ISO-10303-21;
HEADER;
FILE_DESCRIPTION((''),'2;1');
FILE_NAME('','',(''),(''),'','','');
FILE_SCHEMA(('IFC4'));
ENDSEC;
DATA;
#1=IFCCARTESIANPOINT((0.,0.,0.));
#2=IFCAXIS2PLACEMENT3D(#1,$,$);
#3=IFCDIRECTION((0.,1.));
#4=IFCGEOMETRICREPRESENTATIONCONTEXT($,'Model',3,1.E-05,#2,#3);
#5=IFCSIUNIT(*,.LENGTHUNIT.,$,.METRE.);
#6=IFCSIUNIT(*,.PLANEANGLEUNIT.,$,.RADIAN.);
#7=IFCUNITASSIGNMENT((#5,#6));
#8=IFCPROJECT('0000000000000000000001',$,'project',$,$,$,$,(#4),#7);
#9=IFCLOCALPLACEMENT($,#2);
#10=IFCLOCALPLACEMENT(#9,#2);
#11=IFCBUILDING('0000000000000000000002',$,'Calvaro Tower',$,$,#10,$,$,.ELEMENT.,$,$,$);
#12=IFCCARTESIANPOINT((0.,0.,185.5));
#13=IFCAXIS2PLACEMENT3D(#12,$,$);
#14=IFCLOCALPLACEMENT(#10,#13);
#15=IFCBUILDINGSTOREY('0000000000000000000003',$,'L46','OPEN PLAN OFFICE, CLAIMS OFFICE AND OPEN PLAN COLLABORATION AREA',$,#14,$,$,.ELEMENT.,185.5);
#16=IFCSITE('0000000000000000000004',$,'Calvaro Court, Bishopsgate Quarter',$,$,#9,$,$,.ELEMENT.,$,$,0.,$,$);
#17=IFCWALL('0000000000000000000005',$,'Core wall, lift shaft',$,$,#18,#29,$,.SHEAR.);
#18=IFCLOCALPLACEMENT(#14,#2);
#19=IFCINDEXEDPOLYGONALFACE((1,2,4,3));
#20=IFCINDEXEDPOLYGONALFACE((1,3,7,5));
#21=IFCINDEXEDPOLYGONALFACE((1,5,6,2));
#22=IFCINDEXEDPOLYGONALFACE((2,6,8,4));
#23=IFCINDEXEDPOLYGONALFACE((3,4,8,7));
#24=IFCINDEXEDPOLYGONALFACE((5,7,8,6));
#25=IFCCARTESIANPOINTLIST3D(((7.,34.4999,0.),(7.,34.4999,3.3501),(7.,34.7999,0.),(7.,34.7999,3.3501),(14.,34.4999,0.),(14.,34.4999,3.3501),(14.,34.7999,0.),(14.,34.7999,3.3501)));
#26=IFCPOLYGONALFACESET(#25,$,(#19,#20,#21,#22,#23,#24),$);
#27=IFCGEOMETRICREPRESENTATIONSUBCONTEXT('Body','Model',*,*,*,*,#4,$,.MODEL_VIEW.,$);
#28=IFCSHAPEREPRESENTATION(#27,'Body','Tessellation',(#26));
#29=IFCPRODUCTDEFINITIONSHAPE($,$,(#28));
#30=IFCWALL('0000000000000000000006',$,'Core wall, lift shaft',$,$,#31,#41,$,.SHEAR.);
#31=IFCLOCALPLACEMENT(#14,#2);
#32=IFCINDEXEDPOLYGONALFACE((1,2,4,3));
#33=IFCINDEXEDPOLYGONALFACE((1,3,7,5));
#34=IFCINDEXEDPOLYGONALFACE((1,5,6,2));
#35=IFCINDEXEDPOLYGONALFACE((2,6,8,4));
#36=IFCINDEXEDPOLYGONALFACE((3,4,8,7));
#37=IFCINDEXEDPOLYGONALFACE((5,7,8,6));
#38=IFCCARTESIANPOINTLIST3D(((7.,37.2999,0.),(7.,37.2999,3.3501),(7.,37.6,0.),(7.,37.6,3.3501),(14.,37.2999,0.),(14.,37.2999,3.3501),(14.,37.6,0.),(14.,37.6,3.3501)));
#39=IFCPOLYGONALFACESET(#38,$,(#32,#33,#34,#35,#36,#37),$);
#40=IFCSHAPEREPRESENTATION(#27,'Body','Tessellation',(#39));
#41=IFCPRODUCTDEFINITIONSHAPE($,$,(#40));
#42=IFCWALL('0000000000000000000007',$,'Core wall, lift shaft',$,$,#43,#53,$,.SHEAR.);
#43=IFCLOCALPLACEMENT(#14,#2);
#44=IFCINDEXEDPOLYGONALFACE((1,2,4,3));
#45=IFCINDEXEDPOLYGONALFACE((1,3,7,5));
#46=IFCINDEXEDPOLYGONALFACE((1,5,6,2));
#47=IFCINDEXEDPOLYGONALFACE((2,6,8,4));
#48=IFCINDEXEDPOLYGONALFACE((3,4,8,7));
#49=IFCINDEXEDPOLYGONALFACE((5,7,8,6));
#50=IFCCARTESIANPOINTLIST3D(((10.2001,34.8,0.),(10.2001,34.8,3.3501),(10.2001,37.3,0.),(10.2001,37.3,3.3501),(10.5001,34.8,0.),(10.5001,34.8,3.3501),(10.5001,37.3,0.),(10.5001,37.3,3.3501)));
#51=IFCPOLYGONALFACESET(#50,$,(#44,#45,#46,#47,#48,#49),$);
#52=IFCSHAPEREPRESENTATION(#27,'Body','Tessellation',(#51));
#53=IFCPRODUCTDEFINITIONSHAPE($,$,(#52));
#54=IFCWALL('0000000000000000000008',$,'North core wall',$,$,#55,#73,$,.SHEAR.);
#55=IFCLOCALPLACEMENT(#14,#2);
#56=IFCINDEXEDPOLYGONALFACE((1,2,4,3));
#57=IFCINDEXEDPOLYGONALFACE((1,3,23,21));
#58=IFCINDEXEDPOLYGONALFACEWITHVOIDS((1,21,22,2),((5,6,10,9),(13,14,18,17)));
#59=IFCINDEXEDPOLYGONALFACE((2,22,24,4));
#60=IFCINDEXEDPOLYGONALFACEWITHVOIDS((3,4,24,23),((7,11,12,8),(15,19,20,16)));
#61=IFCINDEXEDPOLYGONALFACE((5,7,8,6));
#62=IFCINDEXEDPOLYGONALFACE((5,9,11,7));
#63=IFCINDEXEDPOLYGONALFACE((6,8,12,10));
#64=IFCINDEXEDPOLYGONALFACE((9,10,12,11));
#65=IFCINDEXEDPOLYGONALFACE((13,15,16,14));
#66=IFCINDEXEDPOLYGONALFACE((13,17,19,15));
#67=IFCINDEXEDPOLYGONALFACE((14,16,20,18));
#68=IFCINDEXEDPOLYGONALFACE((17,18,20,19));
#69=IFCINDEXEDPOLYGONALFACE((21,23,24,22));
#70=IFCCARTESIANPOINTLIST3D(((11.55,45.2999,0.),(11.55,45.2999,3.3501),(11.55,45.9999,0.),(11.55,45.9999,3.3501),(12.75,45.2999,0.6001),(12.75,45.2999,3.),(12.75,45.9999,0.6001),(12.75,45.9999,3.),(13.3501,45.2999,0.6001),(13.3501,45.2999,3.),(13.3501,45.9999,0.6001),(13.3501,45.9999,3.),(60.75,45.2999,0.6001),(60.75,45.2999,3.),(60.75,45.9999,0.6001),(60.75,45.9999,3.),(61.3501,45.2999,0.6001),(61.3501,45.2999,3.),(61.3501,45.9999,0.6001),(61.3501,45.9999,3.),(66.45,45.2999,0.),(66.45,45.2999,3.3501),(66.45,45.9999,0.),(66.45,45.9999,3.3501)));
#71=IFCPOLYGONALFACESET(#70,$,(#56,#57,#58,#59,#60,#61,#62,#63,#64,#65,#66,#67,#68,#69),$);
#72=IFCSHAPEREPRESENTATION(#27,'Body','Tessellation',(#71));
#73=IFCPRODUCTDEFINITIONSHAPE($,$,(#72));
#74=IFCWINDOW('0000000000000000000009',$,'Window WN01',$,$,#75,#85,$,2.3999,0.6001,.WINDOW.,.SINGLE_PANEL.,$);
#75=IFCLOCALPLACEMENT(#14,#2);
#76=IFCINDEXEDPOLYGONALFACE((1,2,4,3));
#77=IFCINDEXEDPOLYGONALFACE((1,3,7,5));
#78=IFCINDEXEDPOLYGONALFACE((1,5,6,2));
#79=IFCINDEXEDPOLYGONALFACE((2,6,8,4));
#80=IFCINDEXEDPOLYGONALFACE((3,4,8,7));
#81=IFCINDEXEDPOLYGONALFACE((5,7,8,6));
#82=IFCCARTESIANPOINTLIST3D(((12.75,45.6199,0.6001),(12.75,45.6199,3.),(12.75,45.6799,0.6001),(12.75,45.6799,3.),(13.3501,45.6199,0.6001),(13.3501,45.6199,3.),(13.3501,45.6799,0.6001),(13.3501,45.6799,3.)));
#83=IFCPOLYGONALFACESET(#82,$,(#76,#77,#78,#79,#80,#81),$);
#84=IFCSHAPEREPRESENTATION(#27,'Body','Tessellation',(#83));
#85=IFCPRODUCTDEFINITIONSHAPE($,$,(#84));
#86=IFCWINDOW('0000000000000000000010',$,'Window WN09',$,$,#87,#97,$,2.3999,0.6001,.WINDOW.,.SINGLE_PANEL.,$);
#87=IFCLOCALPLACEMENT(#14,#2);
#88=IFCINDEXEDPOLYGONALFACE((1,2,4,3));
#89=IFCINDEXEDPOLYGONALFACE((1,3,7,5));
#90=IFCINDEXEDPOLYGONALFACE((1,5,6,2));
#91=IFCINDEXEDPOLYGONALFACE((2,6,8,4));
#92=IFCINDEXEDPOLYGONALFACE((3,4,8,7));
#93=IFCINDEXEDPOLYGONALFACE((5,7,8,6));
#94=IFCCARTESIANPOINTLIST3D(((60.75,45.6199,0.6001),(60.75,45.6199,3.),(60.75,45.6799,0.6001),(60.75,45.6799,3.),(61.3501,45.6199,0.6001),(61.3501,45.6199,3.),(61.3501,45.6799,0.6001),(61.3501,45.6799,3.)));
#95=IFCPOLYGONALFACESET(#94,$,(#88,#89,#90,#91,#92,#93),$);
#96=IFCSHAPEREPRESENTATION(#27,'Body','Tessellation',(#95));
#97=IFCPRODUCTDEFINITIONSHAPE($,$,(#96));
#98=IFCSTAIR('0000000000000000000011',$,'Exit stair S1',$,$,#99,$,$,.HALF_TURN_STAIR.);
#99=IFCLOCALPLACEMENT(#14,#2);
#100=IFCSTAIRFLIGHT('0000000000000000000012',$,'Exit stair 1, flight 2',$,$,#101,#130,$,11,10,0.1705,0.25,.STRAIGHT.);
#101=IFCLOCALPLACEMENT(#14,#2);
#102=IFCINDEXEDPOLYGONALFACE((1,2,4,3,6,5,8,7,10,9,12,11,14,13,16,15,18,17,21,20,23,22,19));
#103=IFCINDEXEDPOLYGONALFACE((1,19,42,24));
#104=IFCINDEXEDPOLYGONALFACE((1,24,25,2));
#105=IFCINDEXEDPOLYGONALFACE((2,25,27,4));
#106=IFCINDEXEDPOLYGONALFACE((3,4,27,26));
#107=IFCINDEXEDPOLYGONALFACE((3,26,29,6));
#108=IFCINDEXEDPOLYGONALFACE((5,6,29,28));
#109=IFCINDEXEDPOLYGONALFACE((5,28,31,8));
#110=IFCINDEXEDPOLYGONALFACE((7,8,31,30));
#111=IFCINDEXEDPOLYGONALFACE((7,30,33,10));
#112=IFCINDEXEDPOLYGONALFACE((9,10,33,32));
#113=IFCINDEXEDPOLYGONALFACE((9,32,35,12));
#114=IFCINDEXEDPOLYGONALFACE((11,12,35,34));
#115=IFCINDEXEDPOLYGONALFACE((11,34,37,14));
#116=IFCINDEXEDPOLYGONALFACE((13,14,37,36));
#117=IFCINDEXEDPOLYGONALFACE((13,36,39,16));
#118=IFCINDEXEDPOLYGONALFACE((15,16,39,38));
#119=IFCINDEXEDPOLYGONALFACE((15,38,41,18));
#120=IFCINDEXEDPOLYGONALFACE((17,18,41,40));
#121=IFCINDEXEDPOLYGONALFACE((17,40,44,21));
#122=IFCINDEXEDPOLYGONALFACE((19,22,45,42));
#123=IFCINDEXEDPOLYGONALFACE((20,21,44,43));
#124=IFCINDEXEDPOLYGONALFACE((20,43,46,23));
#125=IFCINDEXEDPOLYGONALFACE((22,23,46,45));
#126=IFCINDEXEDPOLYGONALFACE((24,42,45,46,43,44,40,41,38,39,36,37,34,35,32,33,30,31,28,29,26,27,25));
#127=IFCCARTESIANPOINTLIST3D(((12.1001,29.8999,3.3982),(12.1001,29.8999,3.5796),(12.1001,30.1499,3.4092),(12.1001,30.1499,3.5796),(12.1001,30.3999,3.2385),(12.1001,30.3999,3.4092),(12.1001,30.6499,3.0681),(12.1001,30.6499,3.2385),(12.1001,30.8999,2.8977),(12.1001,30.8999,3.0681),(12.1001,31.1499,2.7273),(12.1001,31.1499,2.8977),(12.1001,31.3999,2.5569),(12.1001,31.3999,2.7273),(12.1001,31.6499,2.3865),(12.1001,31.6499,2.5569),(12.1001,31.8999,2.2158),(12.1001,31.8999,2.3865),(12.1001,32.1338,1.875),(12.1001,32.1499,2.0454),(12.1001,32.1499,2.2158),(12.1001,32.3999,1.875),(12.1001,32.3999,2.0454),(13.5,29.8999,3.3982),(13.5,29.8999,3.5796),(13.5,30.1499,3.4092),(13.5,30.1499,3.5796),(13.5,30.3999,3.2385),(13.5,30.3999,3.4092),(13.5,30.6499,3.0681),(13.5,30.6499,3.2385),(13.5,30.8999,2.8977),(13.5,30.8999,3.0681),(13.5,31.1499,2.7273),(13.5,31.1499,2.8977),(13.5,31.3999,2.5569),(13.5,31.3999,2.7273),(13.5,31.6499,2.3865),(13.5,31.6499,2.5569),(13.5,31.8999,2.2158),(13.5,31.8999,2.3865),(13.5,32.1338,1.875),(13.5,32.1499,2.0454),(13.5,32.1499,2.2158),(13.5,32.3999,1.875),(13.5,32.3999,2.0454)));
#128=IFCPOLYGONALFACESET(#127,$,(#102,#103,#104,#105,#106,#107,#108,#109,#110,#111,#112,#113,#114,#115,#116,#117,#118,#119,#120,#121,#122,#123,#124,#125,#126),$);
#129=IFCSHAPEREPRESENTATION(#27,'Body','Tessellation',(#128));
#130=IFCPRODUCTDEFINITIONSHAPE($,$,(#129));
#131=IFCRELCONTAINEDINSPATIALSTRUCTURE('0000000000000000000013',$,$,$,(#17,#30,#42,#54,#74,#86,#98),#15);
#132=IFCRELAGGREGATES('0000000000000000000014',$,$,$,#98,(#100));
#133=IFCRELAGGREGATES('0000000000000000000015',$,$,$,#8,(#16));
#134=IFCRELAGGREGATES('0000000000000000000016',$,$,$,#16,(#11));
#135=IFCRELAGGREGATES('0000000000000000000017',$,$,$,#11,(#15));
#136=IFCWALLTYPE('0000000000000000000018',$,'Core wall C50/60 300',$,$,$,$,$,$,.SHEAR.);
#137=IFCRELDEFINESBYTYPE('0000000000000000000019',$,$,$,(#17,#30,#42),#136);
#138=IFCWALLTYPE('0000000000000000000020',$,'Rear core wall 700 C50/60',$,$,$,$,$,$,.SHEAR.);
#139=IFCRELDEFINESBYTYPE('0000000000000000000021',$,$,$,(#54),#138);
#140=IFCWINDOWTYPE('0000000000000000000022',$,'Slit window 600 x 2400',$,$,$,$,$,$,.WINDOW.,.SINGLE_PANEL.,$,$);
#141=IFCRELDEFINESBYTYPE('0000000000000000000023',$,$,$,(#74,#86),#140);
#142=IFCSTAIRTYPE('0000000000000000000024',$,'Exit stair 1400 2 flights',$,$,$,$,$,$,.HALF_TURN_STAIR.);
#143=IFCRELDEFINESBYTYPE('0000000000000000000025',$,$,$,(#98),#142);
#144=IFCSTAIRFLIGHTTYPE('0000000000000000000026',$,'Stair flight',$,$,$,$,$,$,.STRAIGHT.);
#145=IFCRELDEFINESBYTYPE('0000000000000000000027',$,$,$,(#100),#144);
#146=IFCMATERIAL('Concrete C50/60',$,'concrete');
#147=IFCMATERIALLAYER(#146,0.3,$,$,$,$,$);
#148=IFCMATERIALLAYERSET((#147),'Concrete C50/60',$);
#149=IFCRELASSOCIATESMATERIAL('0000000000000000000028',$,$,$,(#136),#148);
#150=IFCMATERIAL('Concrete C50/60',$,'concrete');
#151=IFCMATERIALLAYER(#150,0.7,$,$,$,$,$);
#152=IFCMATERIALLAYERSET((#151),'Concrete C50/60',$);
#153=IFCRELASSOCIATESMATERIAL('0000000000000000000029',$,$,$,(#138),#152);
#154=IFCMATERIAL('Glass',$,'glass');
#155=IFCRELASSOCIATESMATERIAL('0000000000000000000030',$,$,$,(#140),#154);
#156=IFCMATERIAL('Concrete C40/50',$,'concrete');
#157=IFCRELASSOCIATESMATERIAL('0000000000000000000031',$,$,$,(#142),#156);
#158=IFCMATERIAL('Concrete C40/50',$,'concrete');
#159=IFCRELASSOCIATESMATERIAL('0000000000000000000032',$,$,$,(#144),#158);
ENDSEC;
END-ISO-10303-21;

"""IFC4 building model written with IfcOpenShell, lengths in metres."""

from ifc_helpers import new_model, si_unit, direction, frame, frame_2d, origin, place, context, subcontext, project, spatial, polyline, rectangle, outline, extrude, material, layer, layer_set, type_object, element, fill, aggregate, save


model = new_model("IFC4")

# Units and contexts
model_context = context("Model", 3, precision=1e-05, world=origin(), true_north=direction((0.0, 1.0)))
body_context = subcontext(model_context, "Body", "Model", "MODEL_VIEW")
ifc_project = project(units=[si_unit("LENGTHUNIT", "METRE"), si_unit("PLANEANGLEUNIT", "RADIAN")], contexts=[model_context])

# Site, building, storey
site_placement = place(None, origin())
site = spatial("IfcSite", under=ifc_project, at=site_placement, Name="Calvaro Court, Bishopsgate Quarter", CompositionType="ELEMENT", RefElevation=0.0)
building_placement = place(site_placement, origin())
building = spatial("IfcBuilding", under=site, at=building_placement, Name="Calvaro Tower", CompositionType="ELEMENT")
storey_placement = place(building_placement, frame((0.0, 0.0, 185.5)))
storey = spatial("IfcBuildingStorey", under=building, at=storey_placement, Name="L46", Description="OPEN PLAN OFFICE, CLAIMS OFFICE AND OPEN PLAN COLLABORATION AREA", CompositionType="ELEMENT", Elevation=185.5)

# Walls
ifc_material_1 = material(Name="Concrete C50/60", Category="concrete")
ifc_layer_1 = layer(ifc_material_1, 0.3)
ifc_layer_set_1 = layer_set([ifc_layer_1], Name="Concrete C50/60")
wall_type_1 = type_object("IfcWallType", Name="Core wall C50/60 300", PredefinedType="SHEAR", material=ifc_layer_set_1)
for number, where, z_axis, x_axis, name in (
    (1, (7.0, 34.6499, 0.0), (0.0, 0.0, 1.0), (1.0, 0.0, 0.0), "Core wall, lift shaft"),
    (2, (7.0, 37.45, 0.0), (0.0, 0.0, 1.0), (1.0, 0.0, 0.0), "Core wall, lift shaft"),
):
    element("IfcWall", number, at=place(storey_placement, frame(where, z_axis=z_axis, x_axis=x_axis)), inside=storey, type_object=wall_type_1, Name=name, PredefinedType="SHEAR", context=body_context, shape_type="SweptSolid", body=[
        extrude(rectangle(XDim=7.0, YDim=0.3, at=frame_2d((3.5, 0.0))), origin(), (0.0, 0.0, 1.0), 3.3501),
    ])
wall_1_placement = place(storey_placement, frame((10.3501, 34.8, 0.0), z_axis=(0.0, 0.0, 1.0), x_axis=(0.0, 1.0, 0.0)))
element("IfcWall", 3, at=wall_1_placement, inside=storey, type_object=wall_type_1, Name="Core wall, lift shaft", PredefinedType="SHEAR", context=body_context, shape_type="SweptSolid", body=[
    extrude(rectangle(XDim=2.5, YDim=0.3, at=frame_2d((1.25, 0.0))), origin(), (0.0, 0.0, 1.0), 3.3501),
])

# Wall, openings, windows
ifc_material_2 = material(Name="Concrete C50/60", Category="concrete")
ifc_layer_2 = layer(ifc_material_2, 0.7)
ifc_layer_set_2 = layer_set([ifc_layer_2], Name="Concrete C50/60")
wall_type_2 = type_object("IfcWallType", Name="Rear core wall 700 C50/60", PredefinedType="SHEAR", material=ifc_layer_set_2)
wall_2_placement = place(storey_placement, frame((11.55, 45.6499, 0.0), z_axis=(0.0, 0.0, 1.0), x_axis=(1.0, 0.0, 0.0)))
wall_2 = element("IfcWall", 4, at=wall_2_placement, inside=storey, type_object=wall_type_2, Name="North core wall", PredefinedType="SHEAR", context=body_context, shape_type="SweptSolid", body=[
    extrude(rectangle(XDim=54.8999, YDim=0.7, at=frame_2d((27.45, 0.0))), origin(), (0.0, 0.0, 1.0), 3.3501),
])
opening_1_placement = place(wall_2_placement, frame((1.2, 0.0, 0.6001)))
opening_1 = element("IfcOpeningElement", 5, at=opening_1_placement, cuts=wall_2, PredefinedType="OPENING", context=body_context, shape_type="SweptSolid", body=[
    extrude(rectangle(XDim=0.6001, YDim=2.3999, at=frame_2d((0.3, 1.2))), frame((0.0, 0.3599, 0.0), z_axis=(0.0, -1.0, 0.0), x_axis=(1.0, 0.0, 0.0)), (0.0, 0.0, 1.0), 0.72),
])
opening_2_placement = place(wall_2_placement, frame((49.2, 0.0, 0.6001)))
opening_2 = element("IfcOpeningElement", 6, at=opening_2_placement, cuts=wall_2, PredefinedType="OPENING", context=body_context, shape_type="SweptSolid", body=[
    extrude(rectangle(XDim=0.6001, YDim=2.3999, at=frame_2d((0.3, 1.2))), frame((0.0, 0.3599, 0.0), z_axis=(0.0, -1.0, 0.0), x_axis=(1.0, 0.0, 0.0)), (0.0, 0.0, 1.0), 0.72),
])
ifc_material_3 = material(Name="Glass", Category="glass")
window_type = type_object("IfcWindowType", Name="Slit window 600 x 2400", PartitioningType="SINGLE_PANEL", PredefinedType="WINDOW", material=ifc_material_3)
window_1_placement = place(opening_1_placement, origin())
window_1 = element("IfcWindow", 7, at=window_1_placement, inside=storey, type_object=window_type, Name="Window WN01", OverallHeight=2.3999, OverallWidth=0.6001, PartitioningType="SINGLE_PANEL", PredefinedType="WINDOW", context=body_context, shape_type="SweptSolid", body=[
    extrude(rectangle(XDim=0.6001, YDim=2.3999, at=frame_2d((0.3, 1.2))), frame((0.0, 0.03, 0.0), z_axis=(0.0, -1.0, 0.0), x_axis=(1.0, 0.0, 0.0)), (0.0, 0.0, 1.0), 0.0601),
])
fill(opening_1, window_1)
window_2_placement = place(opening_2_placement, origin())
window_2 = element("IfcWindow", 8, at=window_2_placement, inside=storey, type_object=window_type, Name="Window WN09", OverallHeight=2.3999, OverallWidth=0.6001, PartitioningType="SINGLE_PANEL", PredefinedType="WINDOW", context=body_context, shape_type="SweptSolid", body=[
    extrude(rectangle(XDim=0.6001, YDim=2.3999, at=frame_2d((0.3, 1.2))), frame((0.0, 0.03, 0.0), z_axis=(0.0, -1.0, 0.0), x_axis=(1.0, 0.0, 0.0)), (0.0, 0.0, 1.0), 0.0601),
])
fill(opening_2, window_2)

# Stair, stair flight
ifc_material_4 = material(Name="Concrete C40/50", Category="concrete")
stair_type = type_object("IfcStairType", Name="Exit stair 1400 2 flights", PredefinedType="HALF_TURN_STAIR", material=ifc_material_4)
stair_placement = place(storey_placement, origin())
stair = element("IfcStair", 9, at=stair_placement, inside=storey, type_object=stair_type, Name="Exit stair S1", PredefinedType="HALF_TURN_STAIR")
ifc_material_5 = material(Name="Concrete C40/50", Category="concrete")
stair_flight_type = type_object("IfcStairFlightType", Name="Stair flight", PredefinedType="STRAIGHT", material=ifc_material_5)
stair_flight_placement = place(storey_placement, frame((12.8, 32.3999, 1.875), z_axis=(0.0, 0.0, 1.0), x_axis=(0.0, -1.0, 0.0)))
stair_flight = element("IfcStairFlight", 10, at=stair_flight_placement, type_object=stair_flight_type, Name="Exit stair 1, flight 2", NumberOfRisers=11, NumberOfTreads=10, PredefinedType="STRAIGHT", RiserHeight=0.1705, TreadLength=0.25, context=body_context, shape_type="SweptSolid", body=[
    extrude(outline(polyline([(0.0, 0.0), (0.0, 0.1704), (0.25, 0.1704), (0.25, 0.3408), (0.5, 0.3408), (0.5, 0.5115), (0.75, 0.5115), (0.75, 0.6819), (1.0, 0.6819), (1.0, 0.8523), (1.25, 0.8523), (1.25, 1.0227), (1.5, 1.0227), (1.5, 1.1931), (1.75, 1.1931), (1.75, 1.3635), (2.0, 1.3635), (2.0, 1.5342), (2.25, 1.5342), (2.25, 1.7046), (2.5, 1.7046), (2.5, 1.875), (2.5, 1.5232), (0.2661, 0.0), (0.0, 0.0)])), frame((0.0, 0.7, 0.0), z_axis=(0.0, -1.0, 0.0), x_axis=(1.0, 0.0, 0.0)), (0.0, 0.0, 1.0), 1.3999),
])
aggregate(stair, [stair_flight])

save(model, "model.ifc")
